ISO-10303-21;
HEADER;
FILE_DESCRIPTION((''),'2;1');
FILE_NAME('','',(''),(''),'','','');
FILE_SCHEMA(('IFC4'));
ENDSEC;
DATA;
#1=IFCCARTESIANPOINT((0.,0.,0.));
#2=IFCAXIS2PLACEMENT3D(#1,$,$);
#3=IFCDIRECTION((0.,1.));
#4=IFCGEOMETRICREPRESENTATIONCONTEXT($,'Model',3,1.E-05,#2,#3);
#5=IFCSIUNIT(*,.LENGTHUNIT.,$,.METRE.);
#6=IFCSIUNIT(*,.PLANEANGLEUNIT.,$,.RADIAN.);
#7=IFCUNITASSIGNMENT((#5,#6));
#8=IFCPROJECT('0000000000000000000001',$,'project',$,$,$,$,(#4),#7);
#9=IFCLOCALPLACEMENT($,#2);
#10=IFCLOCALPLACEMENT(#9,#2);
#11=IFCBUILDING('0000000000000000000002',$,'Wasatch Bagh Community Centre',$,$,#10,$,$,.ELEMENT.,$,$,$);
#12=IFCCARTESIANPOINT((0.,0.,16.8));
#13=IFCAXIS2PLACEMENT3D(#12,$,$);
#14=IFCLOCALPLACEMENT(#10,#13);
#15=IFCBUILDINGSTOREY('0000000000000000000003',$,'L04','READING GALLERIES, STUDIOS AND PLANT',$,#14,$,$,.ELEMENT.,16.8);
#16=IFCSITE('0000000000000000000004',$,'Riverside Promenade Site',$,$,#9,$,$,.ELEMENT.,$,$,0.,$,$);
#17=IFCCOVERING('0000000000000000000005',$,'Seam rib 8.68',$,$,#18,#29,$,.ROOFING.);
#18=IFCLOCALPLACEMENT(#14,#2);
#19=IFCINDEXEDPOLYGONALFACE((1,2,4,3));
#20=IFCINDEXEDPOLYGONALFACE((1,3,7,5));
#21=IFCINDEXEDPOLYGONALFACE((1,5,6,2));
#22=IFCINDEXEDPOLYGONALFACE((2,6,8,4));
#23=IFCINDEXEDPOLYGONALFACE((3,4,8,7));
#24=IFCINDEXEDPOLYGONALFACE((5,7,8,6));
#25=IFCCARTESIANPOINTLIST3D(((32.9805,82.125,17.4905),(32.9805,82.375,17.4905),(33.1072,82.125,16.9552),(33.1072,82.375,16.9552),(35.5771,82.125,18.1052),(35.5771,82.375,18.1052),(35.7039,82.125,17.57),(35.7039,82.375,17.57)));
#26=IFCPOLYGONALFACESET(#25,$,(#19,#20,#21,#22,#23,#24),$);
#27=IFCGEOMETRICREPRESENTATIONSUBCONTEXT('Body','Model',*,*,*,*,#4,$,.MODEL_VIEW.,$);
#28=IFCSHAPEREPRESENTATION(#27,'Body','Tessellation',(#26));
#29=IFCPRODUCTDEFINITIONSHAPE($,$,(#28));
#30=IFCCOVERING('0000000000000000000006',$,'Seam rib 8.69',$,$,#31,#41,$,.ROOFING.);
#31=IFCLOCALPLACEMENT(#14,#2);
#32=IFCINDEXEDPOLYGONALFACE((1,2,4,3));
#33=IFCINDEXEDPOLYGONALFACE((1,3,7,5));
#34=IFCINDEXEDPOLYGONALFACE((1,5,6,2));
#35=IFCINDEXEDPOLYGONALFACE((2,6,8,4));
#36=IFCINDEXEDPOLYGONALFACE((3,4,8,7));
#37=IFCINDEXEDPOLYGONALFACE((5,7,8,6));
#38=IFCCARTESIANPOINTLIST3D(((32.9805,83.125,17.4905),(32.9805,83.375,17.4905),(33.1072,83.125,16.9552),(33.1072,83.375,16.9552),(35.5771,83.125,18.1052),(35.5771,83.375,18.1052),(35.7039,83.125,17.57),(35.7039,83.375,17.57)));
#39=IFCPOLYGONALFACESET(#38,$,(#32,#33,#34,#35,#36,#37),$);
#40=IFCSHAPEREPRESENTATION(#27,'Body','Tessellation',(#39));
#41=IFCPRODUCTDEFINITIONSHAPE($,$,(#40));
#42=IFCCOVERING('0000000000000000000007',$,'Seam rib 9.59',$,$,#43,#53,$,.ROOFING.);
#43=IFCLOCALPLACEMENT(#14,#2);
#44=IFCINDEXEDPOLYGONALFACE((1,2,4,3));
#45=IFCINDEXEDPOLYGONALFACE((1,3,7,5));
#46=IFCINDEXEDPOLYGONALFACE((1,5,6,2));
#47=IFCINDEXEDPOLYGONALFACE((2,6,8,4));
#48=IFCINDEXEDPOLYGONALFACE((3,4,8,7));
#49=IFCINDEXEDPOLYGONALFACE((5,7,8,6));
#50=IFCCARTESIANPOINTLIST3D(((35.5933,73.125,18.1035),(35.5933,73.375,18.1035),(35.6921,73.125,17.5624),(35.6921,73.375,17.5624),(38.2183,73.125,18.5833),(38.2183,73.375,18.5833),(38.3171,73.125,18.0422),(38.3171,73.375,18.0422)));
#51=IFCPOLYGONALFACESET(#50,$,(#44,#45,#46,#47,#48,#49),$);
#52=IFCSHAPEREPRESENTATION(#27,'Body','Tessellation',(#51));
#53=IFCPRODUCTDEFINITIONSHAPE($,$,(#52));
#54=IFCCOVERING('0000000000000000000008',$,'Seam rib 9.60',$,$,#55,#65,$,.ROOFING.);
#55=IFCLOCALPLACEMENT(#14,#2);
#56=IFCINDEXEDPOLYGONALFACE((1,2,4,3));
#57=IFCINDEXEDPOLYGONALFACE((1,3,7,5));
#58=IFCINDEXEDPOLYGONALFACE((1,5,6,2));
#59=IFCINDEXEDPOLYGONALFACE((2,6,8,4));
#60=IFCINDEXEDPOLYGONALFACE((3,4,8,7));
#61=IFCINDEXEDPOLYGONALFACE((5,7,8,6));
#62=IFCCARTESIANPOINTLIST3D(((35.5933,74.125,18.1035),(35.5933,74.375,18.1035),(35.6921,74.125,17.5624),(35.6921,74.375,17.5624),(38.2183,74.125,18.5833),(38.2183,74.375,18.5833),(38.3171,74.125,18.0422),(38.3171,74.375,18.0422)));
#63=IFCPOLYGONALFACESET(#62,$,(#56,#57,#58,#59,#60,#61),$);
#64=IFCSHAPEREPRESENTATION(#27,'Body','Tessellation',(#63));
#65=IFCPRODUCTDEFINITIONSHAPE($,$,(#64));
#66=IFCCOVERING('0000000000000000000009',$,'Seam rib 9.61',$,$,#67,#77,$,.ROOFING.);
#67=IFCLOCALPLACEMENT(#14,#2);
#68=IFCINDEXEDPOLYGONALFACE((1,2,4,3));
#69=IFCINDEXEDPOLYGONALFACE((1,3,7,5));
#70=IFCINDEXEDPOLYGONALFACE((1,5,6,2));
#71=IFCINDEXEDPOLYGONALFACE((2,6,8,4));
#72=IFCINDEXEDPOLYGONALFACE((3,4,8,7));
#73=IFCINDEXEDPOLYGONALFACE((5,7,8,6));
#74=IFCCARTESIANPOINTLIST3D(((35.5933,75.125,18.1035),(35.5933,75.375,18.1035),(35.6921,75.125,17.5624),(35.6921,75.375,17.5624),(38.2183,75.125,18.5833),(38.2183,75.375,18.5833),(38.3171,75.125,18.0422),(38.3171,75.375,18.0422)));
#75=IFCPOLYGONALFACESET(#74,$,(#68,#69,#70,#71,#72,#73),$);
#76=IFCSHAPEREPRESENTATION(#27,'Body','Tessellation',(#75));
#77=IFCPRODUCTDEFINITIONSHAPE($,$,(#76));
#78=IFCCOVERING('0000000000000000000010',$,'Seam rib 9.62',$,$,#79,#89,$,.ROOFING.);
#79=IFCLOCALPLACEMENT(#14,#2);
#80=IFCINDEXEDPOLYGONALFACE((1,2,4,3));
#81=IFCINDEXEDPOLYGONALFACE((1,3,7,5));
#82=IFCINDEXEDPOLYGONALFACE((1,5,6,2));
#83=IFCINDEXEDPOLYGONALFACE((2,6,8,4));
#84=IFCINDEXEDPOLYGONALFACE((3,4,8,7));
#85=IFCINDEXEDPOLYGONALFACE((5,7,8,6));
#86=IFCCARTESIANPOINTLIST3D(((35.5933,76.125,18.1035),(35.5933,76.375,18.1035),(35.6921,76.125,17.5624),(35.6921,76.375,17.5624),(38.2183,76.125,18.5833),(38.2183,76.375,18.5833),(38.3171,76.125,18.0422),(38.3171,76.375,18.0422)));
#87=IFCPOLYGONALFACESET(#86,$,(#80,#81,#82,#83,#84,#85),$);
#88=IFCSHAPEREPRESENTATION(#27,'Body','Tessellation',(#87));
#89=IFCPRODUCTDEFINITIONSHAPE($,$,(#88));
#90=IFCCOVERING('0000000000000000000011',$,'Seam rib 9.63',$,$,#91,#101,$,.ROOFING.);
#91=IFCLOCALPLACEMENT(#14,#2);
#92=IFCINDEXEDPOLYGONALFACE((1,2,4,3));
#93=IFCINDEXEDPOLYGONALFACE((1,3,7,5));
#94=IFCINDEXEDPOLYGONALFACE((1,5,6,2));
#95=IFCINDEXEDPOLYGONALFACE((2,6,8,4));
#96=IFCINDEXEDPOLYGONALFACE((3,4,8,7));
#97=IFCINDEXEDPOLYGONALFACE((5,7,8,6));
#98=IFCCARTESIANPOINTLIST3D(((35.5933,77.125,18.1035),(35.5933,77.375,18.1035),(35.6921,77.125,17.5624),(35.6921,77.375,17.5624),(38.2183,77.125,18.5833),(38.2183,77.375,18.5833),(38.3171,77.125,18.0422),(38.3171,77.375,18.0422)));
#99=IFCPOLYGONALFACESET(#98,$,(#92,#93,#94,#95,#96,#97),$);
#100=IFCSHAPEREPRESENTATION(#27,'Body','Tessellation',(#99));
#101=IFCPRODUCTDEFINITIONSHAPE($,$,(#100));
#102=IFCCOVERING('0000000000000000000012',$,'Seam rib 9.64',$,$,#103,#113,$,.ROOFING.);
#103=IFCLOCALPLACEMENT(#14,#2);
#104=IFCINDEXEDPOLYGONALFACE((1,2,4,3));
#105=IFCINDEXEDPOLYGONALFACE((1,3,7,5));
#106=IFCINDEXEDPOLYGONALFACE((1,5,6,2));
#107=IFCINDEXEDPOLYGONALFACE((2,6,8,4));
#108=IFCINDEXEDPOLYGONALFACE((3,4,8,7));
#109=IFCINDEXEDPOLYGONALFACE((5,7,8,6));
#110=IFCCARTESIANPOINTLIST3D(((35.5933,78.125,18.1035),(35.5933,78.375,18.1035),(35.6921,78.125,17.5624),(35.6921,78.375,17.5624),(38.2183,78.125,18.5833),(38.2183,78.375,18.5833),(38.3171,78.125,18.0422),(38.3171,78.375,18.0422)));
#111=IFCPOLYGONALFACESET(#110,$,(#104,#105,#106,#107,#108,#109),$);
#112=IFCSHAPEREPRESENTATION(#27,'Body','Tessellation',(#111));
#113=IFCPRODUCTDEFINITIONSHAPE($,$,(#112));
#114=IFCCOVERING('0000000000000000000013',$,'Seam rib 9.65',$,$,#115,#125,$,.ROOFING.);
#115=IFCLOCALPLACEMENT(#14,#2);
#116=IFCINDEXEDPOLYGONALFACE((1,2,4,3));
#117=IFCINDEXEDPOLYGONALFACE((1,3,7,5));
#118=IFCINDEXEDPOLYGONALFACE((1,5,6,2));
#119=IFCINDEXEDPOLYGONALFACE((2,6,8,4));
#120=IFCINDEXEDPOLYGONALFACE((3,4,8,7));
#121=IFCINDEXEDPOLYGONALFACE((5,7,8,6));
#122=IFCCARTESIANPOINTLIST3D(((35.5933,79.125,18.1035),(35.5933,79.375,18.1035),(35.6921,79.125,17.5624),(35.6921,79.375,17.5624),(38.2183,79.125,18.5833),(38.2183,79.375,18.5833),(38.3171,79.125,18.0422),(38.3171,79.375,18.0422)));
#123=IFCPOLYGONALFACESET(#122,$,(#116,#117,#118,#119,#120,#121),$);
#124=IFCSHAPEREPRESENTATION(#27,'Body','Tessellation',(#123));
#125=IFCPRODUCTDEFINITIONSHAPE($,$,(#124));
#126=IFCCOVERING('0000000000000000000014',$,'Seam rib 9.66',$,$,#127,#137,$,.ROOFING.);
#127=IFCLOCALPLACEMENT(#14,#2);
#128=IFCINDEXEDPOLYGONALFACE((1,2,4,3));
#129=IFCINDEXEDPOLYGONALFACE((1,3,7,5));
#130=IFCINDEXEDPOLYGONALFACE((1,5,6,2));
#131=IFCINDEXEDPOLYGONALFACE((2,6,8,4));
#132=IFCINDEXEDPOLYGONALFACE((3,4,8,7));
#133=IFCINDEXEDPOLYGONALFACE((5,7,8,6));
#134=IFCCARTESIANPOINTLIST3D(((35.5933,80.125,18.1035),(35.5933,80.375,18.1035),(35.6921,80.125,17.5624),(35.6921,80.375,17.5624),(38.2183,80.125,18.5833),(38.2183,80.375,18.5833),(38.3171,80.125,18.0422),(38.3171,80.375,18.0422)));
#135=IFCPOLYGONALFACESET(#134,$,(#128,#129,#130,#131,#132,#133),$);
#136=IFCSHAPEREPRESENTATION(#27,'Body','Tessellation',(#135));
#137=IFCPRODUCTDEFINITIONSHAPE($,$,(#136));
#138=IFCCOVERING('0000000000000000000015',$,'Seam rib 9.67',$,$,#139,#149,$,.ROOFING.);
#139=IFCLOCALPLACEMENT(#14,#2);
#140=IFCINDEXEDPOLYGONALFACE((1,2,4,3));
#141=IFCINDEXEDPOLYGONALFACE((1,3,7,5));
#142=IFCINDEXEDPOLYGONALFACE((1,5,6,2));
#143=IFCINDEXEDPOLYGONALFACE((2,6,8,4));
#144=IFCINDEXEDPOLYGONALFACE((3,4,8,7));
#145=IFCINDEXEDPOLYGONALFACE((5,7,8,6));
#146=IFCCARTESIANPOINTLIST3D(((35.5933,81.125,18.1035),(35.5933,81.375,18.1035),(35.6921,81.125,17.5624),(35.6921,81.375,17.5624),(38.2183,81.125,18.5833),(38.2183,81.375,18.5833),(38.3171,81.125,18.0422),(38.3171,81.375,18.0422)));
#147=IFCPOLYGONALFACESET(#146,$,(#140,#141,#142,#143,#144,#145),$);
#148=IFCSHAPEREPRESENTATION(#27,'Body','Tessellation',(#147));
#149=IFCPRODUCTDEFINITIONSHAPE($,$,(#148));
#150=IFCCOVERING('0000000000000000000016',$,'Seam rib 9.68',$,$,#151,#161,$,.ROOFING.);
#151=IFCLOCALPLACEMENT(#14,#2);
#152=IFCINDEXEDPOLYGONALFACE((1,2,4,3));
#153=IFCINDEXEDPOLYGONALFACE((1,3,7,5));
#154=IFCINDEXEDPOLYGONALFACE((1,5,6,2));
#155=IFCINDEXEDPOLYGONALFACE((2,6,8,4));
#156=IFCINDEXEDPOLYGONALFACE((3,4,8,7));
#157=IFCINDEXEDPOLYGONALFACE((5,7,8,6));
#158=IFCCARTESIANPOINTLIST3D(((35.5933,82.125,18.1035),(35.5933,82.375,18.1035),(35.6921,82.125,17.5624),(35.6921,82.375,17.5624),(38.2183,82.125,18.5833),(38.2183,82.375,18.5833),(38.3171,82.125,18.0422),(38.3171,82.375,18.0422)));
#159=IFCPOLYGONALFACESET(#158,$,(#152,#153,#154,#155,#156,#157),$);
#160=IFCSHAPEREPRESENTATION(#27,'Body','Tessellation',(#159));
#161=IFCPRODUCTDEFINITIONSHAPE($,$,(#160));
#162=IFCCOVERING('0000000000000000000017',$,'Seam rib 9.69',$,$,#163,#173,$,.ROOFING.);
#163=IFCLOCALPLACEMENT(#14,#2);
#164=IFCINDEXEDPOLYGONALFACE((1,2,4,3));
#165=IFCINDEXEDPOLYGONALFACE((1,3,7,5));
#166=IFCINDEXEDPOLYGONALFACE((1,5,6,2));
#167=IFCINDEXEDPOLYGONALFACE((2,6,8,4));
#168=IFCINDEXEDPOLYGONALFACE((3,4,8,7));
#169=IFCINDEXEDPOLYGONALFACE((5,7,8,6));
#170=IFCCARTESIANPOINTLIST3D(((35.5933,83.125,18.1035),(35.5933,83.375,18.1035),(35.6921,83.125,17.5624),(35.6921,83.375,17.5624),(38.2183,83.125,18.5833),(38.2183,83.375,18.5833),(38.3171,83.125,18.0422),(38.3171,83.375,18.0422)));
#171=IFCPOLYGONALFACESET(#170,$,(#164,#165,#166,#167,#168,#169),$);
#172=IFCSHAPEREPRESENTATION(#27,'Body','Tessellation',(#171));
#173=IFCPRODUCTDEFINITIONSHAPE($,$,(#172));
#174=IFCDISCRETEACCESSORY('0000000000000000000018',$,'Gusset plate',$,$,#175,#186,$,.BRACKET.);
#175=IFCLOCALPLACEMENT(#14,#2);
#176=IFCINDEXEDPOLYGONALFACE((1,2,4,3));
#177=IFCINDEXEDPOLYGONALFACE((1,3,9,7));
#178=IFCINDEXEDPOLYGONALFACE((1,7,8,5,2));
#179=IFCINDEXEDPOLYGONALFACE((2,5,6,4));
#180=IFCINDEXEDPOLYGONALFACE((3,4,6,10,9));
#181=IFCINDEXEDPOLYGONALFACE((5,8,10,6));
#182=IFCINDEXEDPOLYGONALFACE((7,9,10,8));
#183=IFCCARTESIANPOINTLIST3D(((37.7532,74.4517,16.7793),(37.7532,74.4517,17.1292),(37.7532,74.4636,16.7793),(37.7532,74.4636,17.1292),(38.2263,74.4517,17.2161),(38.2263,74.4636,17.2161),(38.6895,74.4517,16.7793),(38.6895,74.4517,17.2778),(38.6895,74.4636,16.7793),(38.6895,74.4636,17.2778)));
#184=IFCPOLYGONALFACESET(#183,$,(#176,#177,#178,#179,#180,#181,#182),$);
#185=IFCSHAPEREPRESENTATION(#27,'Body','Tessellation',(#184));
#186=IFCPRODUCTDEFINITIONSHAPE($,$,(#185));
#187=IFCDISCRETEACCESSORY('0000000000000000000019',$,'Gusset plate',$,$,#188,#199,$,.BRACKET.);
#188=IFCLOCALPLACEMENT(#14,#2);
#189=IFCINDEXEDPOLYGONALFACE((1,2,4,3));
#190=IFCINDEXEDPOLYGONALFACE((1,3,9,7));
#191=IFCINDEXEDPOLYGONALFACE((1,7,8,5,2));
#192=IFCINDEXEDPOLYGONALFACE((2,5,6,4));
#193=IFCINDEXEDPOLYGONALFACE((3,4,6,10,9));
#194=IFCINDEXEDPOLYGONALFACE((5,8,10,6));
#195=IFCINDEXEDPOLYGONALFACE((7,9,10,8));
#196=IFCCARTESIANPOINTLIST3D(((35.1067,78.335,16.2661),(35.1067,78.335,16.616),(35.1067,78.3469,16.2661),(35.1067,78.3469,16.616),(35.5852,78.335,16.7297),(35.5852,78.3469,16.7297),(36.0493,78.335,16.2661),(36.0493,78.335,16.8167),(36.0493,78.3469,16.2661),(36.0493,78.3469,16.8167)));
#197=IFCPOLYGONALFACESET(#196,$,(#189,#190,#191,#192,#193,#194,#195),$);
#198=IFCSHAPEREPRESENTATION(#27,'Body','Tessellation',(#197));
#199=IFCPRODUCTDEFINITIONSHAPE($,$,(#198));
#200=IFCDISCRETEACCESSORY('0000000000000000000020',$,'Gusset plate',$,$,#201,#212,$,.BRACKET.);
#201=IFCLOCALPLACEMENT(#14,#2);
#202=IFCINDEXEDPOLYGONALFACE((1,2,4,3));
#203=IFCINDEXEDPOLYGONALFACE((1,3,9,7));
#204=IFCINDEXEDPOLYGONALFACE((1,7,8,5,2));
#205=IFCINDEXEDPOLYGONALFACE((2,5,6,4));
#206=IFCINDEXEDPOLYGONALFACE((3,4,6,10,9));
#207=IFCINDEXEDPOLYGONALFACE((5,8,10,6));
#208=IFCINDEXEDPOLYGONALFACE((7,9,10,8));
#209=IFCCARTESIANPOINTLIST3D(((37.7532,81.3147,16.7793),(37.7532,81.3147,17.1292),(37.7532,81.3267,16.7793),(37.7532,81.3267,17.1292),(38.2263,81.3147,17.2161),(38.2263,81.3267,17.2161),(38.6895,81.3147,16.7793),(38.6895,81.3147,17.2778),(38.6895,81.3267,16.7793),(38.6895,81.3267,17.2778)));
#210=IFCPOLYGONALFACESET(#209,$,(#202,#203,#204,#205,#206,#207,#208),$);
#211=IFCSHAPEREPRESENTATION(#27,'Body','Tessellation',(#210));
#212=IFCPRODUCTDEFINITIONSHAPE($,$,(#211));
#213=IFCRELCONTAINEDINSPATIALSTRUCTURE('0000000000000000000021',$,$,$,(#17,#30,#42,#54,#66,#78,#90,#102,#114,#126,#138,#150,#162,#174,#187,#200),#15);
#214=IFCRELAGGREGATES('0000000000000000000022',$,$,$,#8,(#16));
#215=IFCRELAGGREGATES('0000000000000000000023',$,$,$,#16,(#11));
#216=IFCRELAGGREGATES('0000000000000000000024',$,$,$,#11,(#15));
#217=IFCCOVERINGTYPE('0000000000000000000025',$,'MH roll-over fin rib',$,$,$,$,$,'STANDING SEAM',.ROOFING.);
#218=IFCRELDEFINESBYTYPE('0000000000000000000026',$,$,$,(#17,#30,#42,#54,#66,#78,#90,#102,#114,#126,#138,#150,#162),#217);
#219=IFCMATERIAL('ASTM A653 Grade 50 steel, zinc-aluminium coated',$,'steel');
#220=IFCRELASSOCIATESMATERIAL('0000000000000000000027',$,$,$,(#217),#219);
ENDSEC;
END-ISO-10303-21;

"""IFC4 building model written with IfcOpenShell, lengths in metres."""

from ifc_helpers import new_model, si_unit, direction, frame, origin, place, context, subcontext, project, spatial, polyline, outline, extrude, material, type_object, element, save


model = new_model("IFC4")

# Units and contexts
model_context = context("Model", 3, precision=1e-05, world=origin(), true_north=direction((0.0, 1.0)))
body_context = subcontext(model_context, "Body", "Model", "MODEL_VIEW")
ifc_project = project(units=[si_unit("LENGTHUNIT", "METRE"), si_unit("PLANEANGLEUNIT", "RADIAN")], contexts=[model_context])

# Site, building, storey
site_placement = place(None, origin())
site = spatial("IfcSite", under=ifc_project, at=site_placement, Name="Riverside Promenade Site", CompositionType="ELEMENT", RefElevation=0.0)
building_placement = place(site_placement, origin())
building = spatial("IfcBuilding", under=site, at=building_placement, Name="Wasatch Bagh Community Centre", CompositionType="ELEMENT")
storey_placement = place(building_placement, frame((0.0, 0.0, 16.8)))
storey = spatial("IfcBuildingStorey", under=building, at=storey_placement, Name="L04", Description="READING GALLERIES, STUDIOS AND PLANT", CompositionType="ELEMENT", Elevation=16.8)

# Coverings
ifc_material_1 = material(Name="ASTM A653 Grade 50 steel, zinc-aluminium coated", Category="steel")
covering_type = type_object("IfcCoveringType", Name="MH roll-over fin rib", ElementType="STANDING SEAM", PredefinedType="ROOFING", material=ifc_material_1)
for number, where, z_axis, x_axis, name in (
    (1, (32.9805, 82.125, 17.4905), (-0.230375, 0.0, 0.973102), (0.973102, 0.0, 0.230375), "Seam rib 8.68"),
    (2, (32.9805, 83.125, 17.4905), (-0.230375, 0.0, 0.973102), (0.973102, 0.0, 0.230375), "Seam rib 8.69"),
):
    element("IfcCovering", number, at=place(storey_placement, frame(where, z_axis=z_axis, x_axis=x_axis)), inside=storey, type_object=covering_type, Name=name, PredefinedType="ROOFING", context=body_context, shape_type="SweptSolid", body=[
        extrude(outline(polyline([(0.0, 0.0), (2.6685, 0.0), (2.6685, 0.25), (0.0, 0.25), (0.0, 0.0)])), origin(), (0.0, 0.0, -1.0), 0.55),
    ])
for number, where, z_axis, x_axis, name in (
    (3, (35.5933, 73.125, 18.1035), (-0.179779, 0.0, 0.983707), (0.983707, 0.0, 0.179779), "Seam rib 9.59"),
    (4, (35.5933, 74.125, 18.1035), (-0.179779, 0.0, 0.983707), (0.983707, 0.0, 0.179779), "Seam rib 9.60"),
    (5, (35.5933, 75.125, 18.1035), (-0.179779, 0.0, 0.983707), (0.983707, 0.0, 0.179779), "Seam rib 9.61"),
    (6, (35.5933, 76.125, 18.1035), (-0.179779, 0.0, 0.983707), (0.983707, 0.0, 0.179779), "Seam rib 9.62"),
    (7, (35.5933, 77.125, 18.1035), (-0.179779, 0.0, 0.983707), (0.983707, 0.0, 0.179779), "Seam rib 9.63"),
    (8, (35.5933, 78.125, 18.1035), (-0.179779, 0.0, 0.983707), (0.983707, 0.0, 0.179779), "Seam rib 9.64"),
    (9, (35.5933, 79.125, 18.1035), (-0.179779, 0.0, 0.983707), (0.983707, 0.0, 0.179779), "Seam rib 9.65"),
    (10, (35.5933, 80.125, 18.1035), (-0.179779, 0.0, 0.983707), (0.983707, 0.0, 0.179779), "Seam rib 9.66"),
    (11, (35.5933, 81.125, 18.1035), (-0.179779, 0.0, 0.983707), (0.983707, 0.0, 0.179779), "Seam rib 9.67"),
    (12, (35.5933, 82.125, 18.1035), (-0.179779, 0.0, 0.983707), (0.983707, 0.0, 0.179779), "Seam rib 9.68"),
    (13, (35.5933, 83.125, 18.1035), (-0.179779, 0.0, 0.983707), (0.983707, 0.0, 0.179779), "Seam rib 9.69"),
):
    element("IfcCovering", number, at=place(storey_placement, frame(where, z_axis=z_axis, x_axis=x_axis)), inside=storey, type_object=covering_type, Name=name, PredefinedType="ROOFING", context=body_context, shape_type="SweptSolid", body=[
        extrude(outline(polyline([(0.0, 0.0), (2.6685, 0.0), (2.6685, 0.25), (0.0, 0.25), (0.0, 0.0)])), origin(), (0.0, 0.0, -1.0), 0.55),
    ])

# Discrete accessories
discrete_accessory_1_placement = place(storey_placement, frame((37.7532, 74.4636, 17.1292), z_axis=(0.0, 1.0, 0.0), x_axis=(0.983543, 0.0, 0.180672)))
element("IfcDiscreteAccessory", 14, at=discrete_accessory_1_placement, inside=storey, Name="Gusset plate", PredefinedType="BRACKET", context=body_context, shape_type="SweptSolid", body=[
    extrude(outline(polyline([(0.0, 0.0), (0.4811, 0.0), (0.9477, 0.0229), (0.8577, 0.5133), (-0.0632, 0.3441), (0.0, 0.0)])), origin(), (0.0, 0.0, -1.0), 0.012),
])
discrete_accessory_2_placement = place(storey_placement, frame((35.1067, 78.3469, 16.616), z_axis=(0.0, 1.0, 0.0), x_axis=(0.972881, 0.0, 0.231307)))
element("IfcDiscreteAccessory", 15, at=discrete_accessory_2_placement, inside=storey, Name="Gusset plate", PredefinedType="BRACKET", context=body_context, shape_type="SweptSolid", body=[
    extrude(outline(polyline([(0.0, 0.0), (0.4919, 0.0), (0.9635, 0.0228), (0.8361, 0.5584), (-0.0809, 0.3404), (0.0, 0.0)])), origin(), (0.0, 0.0, -1.0), 0.012),
])
discrete_accessory_3_placement = place(storey_placement, frame((37.7532, 81.3267, 17.1292), z_axis=(0.0, 1.0, 0.0), x_axis=(0.983543, 0.0, 0.180672)))
element("IfcDiscreteAccessory", 16, at=discrete_accessory_3_placement, inside=storey, Name="Gusset plate", PredefinedType="BRACKET", context=body_context, shape_type="SweptSolid", body=[
    extrude(outline(polyline([(0.0, 0.0), (0.4811, 0.0), (0.9477, 0.0229), (0.8577, 0.5133), (-0.0632, 0.3441), (0.0, 0.0)])), origin(), (0.0, 0.0, -1.0), 0.012),
])

save(model, "model.ifc")
